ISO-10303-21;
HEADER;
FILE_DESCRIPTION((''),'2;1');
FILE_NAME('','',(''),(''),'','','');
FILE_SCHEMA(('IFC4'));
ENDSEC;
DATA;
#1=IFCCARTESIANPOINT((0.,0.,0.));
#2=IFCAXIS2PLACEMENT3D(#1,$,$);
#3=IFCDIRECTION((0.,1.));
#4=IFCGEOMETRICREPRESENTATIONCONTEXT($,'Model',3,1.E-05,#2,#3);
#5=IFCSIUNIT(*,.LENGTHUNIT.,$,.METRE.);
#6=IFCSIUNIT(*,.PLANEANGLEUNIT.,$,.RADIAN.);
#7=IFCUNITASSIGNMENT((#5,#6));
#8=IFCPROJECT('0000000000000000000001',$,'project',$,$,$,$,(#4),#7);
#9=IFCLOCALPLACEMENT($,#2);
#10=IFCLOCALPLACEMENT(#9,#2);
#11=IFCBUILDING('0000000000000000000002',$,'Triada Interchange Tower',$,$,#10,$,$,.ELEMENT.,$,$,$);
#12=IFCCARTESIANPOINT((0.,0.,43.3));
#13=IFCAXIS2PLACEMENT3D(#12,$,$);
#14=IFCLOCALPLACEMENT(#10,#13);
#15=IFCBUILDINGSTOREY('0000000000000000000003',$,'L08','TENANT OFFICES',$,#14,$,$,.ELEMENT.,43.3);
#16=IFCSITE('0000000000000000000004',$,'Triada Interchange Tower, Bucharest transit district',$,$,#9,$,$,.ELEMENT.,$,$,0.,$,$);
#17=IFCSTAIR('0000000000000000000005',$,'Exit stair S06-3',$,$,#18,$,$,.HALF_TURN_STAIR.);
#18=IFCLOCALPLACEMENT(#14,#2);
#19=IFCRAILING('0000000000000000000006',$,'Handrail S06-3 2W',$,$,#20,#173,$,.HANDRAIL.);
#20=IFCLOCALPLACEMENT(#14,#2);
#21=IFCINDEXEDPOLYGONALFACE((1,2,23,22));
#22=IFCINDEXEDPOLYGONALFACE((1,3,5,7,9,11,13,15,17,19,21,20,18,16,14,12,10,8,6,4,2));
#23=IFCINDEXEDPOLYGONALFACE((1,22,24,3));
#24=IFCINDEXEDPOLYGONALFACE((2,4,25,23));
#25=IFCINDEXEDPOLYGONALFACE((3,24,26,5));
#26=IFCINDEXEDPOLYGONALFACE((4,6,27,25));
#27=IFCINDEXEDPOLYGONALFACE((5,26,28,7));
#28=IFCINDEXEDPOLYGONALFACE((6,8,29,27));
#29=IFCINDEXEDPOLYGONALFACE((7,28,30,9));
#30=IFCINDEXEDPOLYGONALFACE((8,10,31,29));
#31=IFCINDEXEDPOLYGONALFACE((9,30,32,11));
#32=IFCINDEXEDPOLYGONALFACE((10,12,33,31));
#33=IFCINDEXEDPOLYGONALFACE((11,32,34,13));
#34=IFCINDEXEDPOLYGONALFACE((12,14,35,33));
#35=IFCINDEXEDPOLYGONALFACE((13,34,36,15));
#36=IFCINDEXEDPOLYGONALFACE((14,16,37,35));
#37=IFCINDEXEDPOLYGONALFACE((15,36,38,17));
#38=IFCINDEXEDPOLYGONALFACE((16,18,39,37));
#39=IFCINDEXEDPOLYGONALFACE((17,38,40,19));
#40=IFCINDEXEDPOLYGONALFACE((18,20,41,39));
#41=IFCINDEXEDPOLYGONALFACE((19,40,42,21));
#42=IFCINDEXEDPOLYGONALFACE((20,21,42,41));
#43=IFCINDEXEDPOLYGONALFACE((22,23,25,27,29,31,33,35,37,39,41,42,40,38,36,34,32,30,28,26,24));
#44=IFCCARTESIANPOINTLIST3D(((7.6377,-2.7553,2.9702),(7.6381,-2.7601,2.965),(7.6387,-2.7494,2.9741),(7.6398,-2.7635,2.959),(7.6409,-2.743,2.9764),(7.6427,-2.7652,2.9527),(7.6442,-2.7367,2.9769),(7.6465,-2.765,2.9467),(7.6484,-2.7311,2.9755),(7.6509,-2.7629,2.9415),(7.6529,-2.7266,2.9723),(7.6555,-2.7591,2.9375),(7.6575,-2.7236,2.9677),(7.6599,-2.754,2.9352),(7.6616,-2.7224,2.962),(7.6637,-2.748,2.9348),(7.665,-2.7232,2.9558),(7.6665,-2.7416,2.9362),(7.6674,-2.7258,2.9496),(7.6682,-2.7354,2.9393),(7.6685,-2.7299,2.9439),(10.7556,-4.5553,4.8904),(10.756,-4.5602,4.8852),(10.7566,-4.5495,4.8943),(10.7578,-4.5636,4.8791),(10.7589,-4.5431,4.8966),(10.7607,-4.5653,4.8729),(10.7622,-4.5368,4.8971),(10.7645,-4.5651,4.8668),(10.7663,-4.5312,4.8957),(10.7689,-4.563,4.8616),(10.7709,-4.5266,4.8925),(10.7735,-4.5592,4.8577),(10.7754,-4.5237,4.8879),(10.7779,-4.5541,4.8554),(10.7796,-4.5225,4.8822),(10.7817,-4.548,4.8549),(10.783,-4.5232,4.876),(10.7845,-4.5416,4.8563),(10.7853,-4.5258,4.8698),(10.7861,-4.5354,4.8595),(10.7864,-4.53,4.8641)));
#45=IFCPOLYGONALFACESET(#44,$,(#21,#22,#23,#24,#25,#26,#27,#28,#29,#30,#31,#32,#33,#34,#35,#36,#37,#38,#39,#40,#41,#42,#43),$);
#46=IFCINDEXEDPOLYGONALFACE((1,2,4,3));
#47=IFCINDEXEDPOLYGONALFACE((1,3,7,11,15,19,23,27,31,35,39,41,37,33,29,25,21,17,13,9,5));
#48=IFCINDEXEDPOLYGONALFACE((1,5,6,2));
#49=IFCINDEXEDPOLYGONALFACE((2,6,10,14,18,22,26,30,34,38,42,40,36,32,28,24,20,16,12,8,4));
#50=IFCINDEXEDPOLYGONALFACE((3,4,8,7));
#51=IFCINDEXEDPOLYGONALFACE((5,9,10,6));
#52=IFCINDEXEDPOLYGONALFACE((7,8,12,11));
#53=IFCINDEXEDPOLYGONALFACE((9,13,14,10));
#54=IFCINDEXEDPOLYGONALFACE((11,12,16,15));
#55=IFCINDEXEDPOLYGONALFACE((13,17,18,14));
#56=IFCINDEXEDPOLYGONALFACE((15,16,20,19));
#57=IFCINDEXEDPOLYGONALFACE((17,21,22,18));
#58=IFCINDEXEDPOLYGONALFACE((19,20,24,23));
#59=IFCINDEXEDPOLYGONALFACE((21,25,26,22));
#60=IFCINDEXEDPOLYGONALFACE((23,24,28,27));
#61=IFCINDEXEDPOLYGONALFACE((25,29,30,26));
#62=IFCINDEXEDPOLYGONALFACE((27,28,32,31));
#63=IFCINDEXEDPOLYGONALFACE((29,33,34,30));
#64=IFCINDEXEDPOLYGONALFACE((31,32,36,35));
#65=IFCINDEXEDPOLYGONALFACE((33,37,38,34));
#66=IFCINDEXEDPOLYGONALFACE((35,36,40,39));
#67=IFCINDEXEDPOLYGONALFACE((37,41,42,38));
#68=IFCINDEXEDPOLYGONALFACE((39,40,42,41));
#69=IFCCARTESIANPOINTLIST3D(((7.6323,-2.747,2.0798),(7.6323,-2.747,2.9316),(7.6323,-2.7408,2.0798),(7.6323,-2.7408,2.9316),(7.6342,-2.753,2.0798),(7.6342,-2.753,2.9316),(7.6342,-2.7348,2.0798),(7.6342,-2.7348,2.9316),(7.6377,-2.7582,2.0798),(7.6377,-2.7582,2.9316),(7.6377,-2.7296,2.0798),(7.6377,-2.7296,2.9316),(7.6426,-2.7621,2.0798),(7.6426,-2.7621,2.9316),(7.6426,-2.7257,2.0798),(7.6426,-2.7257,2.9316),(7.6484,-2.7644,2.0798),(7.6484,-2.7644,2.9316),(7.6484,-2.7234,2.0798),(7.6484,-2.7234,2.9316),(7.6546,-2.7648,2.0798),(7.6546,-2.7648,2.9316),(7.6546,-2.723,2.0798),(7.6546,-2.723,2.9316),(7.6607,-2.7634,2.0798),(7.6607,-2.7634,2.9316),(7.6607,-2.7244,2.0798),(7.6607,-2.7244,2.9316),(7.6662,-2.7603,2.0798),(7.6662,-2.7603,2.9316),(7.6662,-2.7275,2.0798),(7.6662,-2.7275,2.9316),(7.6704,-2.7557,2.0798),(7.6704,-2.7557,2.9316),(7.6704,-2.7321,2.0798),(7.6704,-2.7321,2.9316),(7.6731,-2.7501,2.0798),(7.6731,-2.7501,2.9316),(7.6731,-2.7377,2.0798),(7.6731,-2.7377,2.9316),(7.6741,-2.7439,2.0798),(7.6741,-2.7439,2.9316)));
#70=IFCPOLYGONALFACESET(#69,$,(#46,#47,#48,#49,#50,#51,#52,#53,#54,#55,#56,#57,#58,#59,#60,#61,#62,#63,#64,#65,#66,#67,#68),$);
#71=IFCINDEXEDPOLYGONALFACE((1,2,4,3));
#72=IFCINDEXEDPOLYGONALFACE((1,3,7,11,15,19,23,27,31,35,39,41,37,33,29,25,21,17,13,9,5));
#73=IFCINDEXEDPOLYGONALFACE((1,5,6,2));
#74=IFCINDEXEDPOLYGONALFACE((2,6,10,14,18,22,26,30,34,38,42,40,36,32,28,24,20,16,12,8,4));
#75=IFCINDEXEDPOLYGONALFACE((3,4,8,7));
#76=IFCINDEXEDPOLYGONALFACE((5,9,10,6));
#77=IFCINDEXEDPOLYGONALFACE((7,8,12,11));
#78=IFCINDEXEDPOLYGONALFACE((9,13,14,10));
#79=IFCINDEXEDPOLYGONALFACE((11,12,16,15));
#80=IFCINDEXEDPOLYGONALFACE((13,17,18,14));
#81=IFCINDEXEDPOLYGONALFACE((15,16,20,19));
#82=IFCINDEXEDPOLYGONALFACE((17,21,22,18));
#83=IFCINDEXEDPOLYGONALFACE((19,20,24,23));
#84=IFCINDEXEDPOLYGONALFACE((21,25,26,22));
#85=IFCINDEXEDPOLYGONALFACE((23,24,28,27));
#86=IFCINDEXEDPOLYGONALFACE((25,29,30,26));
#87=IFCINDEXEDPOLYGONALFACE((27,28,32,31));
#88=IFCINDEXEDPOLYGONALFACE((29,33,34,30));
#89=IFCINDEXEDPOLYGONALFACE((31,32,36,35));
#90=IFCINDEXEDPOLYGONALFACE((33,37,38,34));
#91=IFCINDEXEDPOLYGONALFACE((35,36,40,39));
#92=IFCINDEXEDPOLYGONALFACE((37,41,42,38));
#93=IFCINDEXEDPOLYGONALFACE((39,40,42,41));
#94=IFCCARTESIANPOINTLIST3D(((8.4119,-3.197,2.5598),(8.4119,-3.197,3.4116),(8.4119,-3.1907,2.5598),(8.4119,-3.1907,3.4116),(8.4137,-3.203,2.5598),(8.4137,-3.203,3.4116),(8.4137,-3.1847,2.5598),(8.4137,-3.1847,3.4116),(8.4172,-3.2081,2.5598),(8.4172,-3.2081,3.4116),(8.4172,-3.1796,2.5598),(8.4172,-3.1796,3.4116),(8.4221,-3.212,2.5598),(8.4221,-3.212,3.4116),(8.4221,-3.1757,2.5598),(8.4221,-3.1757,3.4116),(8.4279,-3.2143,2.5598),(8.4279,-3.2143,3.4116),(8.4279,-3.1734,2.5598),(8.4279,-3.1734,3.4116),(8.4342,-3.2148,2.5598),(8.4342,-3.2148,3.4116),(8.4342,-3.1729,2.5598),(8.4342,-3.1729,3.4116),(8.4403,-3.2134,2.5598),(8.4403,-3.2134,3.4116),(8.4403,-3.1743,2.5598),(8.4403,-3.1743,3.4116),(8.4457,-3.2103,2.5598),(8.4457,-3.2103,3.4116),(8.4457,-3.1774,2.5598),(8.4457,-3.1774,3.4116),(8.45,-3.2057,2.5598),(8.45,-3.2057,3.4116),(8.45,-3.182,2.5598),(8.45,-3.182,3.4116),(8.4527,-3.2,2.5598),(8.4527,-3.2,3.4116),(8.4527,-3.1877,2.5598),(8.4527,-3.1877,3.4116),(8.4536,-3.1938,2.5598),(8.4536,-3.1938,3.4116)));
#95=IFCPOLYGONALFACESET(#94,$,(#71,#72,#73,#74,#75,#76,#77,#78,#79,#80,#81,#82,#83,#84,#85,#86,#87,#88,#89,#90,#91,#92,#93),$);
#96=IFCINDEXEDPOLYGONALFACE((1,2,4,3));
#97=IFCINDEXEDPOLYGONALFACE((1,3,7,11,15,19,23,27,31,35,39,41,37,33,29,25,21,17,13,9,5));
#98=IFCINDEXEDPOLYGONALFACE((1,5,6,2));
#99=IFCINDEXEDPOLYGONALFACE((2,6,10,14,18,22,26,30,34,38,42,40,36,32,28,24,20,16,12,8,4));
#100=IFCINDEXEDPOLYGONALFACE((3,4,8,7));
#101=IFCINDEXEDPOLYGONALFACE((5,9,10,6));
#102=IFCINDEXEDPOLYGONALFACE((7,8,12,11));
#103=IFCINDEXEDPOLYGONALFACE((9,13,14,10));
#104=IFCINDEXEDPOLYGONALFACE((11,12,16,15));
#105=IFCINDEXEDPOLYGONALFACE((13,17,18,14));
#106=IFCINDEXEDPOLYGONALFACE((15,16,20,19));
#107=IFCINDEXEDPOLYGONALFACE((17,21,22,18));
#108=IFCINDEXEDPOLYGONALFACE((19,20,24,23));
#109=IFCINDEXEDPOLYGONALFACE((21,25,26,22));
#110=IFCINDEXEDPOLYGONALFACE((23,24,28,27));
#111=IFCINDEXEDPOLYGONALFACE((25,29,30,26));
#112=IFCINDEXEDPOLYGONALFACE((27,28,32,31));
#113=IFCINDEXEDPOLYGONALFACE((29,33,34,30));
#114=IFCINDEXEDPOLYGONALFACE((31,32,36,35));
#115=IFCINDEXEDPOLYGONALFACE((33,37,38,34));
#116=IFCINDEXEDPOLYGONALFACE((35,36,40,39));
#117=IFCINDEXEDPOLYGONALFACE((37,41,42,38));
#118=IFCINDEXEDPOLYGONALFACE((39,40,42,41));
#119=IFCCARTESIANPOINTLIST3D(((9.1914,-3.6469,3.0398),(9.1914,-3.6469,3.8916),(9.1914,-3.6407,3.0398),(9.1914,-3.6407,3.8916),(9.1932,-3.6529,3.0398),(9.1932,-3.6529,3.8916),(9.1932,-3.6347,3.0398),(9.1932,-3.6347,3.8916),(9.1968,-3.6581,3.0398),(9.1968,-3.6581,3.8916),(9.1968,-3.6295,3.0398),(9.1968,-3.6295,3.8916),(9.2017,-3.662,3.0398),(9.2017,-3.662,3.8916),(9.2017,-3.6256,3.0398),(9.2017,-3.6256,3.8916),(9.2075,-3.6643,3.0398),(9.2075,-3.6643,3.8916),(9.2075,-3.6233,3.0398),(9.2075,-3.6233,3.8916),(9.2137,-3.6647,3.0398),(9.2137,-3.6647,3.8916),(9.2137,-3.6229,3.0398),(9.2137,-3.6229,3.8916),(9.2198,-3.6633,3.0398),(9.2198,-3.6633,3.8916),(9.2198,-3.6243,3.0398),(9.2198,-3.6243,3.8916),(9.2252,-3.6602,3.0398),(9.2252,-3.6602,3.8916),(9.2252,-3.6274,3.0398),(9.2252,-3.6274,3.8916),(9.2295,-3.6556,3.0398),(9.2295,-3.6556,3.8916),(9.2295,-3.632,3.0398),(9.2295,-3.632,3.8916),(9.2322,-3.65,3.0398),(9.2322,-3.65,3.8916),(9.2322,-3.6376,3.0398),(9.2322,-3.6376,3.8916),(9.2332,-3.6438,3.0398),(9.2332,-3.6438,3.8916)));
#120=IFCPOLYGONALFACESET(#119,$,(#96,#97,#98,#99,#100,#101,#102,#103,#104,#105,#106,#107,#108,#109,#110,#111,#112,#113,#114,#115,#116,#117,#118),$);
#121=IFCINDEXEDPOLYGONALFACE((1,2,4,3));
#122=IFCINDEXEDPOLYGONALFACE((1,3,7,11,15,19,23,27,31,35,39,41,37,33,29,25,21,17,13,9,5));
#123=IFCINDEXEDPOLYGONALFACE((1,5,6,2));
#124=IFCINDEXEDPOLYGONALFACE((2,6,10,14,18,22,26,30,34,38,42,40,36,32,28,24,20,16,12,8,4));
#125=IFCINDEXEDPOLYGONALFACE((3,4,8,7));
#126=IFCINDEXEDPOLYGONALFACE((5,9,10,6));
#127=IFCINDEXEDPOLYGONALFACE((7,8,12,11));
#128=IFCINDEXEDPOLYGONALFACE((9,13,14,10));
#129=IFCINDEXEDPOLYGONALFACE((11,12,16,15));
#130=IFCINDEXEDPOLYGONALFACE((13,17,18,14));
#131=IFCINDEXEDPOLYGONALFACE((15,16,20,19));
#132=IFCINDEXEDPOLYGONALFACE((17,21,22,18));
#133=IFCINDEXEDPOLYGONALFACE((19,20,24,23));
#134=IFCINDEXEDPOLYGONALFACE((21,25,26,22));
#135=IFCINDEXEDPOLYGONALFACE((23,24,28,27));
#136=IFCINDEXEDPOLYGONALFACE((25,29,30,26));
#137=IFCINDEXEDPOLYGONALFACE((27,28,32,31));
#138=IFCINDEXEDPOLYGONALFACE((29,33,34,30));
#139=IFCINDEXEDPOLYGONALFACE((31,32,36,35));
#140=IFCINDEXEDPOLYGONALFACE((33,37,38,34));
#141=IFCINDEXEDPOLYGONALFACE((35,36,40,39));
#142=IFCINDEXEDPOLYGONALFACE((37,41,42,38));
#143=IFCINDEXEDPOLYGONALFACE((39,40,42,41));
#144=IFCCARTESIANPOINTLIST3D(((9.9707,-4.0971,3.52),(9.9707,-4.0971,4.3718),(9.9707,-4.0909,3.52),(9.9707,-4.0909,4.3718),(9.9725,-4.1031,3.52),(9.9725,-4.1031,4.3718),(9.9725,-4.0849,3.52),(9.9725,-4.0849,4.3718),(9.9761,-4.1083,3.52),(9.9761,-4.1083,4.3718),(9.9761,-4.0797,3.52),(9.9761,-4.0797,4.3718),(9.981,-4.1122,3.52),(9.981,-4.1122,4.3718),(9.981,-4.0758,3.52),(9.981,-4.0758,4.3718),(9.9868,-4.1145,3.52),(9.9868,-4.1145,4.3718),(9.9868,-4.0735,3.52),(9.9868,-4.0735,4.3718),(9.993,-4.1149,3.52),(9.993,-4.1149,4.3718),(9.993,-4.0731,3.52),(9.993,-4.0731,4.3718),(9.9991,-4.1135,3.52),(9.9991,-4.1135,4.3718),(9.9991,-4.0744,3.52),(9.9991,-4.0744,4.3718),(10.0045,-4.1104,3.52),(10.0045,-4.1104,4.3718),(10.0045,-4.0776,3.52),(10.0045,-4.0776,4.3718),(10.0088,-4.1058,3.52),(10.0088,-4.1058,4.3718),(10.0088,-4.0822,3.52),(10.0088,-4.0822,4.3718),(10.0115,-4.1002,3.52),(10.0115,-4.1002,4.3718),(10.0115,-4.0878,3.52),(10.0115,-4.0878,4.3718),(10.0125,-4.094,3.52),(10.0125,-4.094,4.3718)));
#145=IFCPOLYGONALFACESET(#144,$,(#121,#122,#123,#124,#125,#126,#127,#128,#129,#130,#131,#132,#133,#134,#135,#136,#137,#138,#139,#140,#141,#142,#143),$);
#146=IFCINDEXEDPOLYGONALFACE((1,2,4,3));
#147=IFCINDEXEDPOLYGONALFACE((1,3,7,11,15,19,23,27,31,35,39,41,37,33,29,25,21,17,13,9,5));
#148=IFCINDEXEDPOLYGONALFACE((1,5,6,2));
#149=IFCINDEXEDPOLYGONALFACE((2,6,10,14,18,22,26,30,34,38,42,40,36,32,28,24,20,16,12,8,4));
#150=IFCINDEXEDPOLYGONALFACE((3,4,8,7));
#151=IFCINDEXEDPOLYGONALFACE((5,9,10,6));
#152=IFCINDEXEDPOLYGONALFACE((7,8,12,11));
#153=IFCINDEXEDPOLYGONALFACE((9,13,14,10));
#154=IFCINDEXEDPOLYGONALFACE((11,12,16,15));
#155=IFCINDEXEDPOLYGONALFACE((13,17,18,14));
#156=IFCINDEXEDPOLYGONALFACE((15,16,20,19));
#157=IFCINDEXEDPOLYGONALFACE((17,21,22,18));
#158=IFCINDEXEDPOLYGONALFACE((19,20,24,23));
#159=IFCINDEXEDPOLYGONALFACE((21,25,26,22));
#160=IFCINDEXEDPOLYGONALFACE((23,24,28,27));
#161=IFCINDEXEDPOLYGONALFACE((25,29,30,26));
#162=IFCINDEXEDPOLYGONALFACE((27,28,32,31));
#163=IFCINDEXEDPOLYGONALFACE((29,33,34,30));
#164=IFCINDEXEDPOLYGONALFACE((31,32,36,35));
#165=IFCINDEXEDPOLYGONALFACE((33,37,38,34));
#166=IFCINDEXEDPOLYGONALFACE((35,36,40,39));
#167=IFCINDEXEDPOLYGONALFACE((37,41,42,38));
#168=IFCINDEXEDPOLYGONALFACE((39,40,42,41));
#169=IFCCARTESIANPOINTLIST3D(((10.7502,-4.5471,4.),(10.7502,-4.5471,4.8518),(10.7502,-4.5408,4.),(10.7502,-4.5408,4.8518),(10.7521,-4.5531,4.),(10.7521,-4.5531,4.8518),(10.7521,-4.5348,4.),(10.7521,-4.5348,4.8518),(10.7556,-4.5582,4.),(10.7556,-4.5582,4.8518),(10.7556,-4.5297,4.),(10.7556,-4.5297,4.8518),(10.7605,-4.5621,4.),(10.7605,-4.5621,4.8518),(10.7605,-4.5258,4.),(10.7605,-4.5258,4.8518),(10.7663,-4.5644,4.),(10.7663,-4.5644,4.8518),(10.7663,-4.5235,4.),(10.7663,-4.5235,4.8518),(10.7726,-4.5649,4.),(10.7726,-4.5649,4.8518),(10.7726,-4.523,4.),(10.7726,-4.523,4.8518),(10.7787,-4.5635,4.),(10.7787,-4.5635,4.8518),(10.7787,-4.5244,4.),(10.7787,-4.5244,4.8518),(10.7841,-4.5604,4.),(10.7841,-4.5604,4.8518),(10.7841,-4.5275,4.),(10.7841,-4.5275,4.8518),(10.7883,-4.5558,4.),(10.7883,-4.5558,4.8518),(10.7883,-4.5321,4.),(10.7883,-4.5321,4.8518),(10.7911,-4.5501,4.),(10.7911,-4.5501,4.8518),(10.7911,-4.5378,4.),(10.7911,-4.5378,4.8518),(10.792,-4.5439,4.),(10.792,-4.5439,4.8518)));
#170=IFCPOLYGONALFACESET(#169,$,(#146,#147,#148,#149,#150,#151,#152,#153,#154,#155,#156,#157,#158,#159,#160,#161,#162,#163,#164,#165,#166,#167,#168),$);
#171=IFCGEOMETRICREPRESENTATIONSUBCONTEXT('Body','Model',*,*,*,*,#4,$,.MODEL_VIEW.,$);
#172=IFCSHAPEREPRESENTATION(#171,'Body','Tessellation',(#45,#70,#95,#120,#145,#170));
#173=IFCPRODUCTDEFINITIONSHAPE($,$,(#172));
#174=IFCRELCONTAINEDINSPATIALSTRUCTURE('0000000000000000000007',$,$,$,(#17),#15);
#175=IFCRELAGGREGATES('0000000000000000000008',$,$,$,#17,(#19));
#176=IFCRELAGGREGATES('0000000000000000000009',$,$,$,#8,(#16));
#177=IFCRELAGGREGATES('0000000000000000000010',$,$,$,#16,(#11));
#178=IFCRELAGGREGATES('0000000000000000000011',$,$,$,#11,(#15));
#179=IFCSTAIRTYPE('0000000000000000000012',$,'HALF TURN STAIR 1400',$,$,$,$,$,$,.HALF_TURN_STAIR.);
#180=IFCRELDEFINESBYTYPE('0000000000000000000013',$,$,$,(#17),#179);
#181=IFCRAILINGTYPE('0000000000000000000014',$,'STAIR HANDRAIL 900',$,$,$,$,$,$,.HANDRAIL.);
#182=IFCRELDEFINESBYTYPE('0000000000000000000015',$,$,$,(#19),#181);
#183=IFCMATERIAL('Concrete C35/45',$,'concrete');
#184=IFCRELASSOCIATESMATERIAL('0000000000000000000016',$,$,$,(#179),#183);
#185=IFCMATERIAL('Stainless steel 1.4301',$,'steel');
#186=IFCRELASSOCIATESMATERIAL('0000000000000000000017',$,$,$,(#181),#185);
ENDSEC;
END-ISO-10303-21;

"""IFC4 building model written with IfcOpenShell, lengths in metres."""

from ifc_helpers import new_model, si_unit, direction, frame, origin, origin_2d, place, context, subcontext, project, spatial, circle, extrude, material, type_object, element, aggregate, save


model = new_model("IFC4")

# Units and contexts
model_context = context("Model", 3, precision=1e-05, world=origin(), true_north=direction((0.0, 1.0)))
body_context = subcontext(model_context, "Body", "Model", "MODEL_VIEW")
ifc_project = project(units=[si_unit("LENGTHUNIT", "METRE"), si_unit("PLANEANGLEUNIT", "RADIAN")], contexts=[model_context])

# Site, building, storey
site_placement = place(None, origin())
site = spatial("IfcSite", under=ifc_project, at=site_placement, Name="Triada Interchange Tower, Bucharest transit district", CompositionType="ELEMENT", RefElevation=0.0)
building_placement = place(site_placement, origin())
building = spatial("IfcBuilding", under=site, at=building_placement, Name="Triada Interchange Tower", CompositionType="ELEMENT")
storey_placement = place(building_placement, frame((0.0, 0.0, 43.3)))
storey = spatial("IfcBuildingStorey", under=building, at=storey_placement, Name="L08", Description="TENANT OFFICES", CompositionType="ELEMENT", Elevation=43.3)

# Stair, railing
ifc_material_1 = material(Name="Concrete C35/45", Category="concrete")
stair_type = type_object("IfcStairType", Name="HALF TURN STAIR 1400", PredefinedType="HALF_TURN_STAIR", material=ifc_material_1)
stair_placement = place(storey_placement, origin())
stair = element("IfcStair", 1, at=stair_placement, inside=storey, type_object=stair_type, Name="Exit stair S06-3", PredefinedType="HALF_TURN_STAIR")
ifc_material_2 = material(Name="Stainless steel 1.4301", Category="steel")
railing_type = type_object("IfcRailingType", Name="STAIR HANDRAIL 900", PredefinedType="HANDRAIL", material=ifc_material_2)
railing_1_placement = place(storey_placement, frame((7.6531, -2.7439, 2.0798)))
railing_1 = element("IfcRailing", 2, at=railing_1_placement, type_object=railing_type, Name="Handrail S06-3 2W", PredefinedType="HANDRAIL", context=body_context, shape_type="SweptSolid", body=[
    extrude(circle(Radius=0.0239, at=origin_2d()), frame((0.0, 0.0, 0.876), z_axis=(0.764145, -0.441159, 0.470597), x_axis=(0.499983, 0.866035, 0.0)), (0.0, 0.0, 1.0), 4.0803),
    extrude(circle(Radius=0.021, at=origin_2d()), origin(), (0.0, 0.0, 1.0), 0.8518),
    extrude(circle(Radius=0.021, at=origin_2d()), frame((0.7795, -0.45, 0.48)), (0.0, 0.0, 1.0), 0.8518),
    extrude(circle(Radius=0.021, at=origin_2d()), frame((1.5591, -0.8999, 0.96)), (0.0, 0.0, 1.0), 0.8518),
    extrude(circle(Radius=0.021, at=origin_2d()), frame((2.3384, -1.3501, 1.4402)), (0.0, 0.0, 1.0), 0.8518),
    extrude(circle(Radius=0.021, at=origin_2d()), frame((3.1179, -1.8, 1.9202)), (0.0, 0.0, 1.0), 0.8518),
])
aggregate(stair, [railing_1])

save(model, "model.ifc")
